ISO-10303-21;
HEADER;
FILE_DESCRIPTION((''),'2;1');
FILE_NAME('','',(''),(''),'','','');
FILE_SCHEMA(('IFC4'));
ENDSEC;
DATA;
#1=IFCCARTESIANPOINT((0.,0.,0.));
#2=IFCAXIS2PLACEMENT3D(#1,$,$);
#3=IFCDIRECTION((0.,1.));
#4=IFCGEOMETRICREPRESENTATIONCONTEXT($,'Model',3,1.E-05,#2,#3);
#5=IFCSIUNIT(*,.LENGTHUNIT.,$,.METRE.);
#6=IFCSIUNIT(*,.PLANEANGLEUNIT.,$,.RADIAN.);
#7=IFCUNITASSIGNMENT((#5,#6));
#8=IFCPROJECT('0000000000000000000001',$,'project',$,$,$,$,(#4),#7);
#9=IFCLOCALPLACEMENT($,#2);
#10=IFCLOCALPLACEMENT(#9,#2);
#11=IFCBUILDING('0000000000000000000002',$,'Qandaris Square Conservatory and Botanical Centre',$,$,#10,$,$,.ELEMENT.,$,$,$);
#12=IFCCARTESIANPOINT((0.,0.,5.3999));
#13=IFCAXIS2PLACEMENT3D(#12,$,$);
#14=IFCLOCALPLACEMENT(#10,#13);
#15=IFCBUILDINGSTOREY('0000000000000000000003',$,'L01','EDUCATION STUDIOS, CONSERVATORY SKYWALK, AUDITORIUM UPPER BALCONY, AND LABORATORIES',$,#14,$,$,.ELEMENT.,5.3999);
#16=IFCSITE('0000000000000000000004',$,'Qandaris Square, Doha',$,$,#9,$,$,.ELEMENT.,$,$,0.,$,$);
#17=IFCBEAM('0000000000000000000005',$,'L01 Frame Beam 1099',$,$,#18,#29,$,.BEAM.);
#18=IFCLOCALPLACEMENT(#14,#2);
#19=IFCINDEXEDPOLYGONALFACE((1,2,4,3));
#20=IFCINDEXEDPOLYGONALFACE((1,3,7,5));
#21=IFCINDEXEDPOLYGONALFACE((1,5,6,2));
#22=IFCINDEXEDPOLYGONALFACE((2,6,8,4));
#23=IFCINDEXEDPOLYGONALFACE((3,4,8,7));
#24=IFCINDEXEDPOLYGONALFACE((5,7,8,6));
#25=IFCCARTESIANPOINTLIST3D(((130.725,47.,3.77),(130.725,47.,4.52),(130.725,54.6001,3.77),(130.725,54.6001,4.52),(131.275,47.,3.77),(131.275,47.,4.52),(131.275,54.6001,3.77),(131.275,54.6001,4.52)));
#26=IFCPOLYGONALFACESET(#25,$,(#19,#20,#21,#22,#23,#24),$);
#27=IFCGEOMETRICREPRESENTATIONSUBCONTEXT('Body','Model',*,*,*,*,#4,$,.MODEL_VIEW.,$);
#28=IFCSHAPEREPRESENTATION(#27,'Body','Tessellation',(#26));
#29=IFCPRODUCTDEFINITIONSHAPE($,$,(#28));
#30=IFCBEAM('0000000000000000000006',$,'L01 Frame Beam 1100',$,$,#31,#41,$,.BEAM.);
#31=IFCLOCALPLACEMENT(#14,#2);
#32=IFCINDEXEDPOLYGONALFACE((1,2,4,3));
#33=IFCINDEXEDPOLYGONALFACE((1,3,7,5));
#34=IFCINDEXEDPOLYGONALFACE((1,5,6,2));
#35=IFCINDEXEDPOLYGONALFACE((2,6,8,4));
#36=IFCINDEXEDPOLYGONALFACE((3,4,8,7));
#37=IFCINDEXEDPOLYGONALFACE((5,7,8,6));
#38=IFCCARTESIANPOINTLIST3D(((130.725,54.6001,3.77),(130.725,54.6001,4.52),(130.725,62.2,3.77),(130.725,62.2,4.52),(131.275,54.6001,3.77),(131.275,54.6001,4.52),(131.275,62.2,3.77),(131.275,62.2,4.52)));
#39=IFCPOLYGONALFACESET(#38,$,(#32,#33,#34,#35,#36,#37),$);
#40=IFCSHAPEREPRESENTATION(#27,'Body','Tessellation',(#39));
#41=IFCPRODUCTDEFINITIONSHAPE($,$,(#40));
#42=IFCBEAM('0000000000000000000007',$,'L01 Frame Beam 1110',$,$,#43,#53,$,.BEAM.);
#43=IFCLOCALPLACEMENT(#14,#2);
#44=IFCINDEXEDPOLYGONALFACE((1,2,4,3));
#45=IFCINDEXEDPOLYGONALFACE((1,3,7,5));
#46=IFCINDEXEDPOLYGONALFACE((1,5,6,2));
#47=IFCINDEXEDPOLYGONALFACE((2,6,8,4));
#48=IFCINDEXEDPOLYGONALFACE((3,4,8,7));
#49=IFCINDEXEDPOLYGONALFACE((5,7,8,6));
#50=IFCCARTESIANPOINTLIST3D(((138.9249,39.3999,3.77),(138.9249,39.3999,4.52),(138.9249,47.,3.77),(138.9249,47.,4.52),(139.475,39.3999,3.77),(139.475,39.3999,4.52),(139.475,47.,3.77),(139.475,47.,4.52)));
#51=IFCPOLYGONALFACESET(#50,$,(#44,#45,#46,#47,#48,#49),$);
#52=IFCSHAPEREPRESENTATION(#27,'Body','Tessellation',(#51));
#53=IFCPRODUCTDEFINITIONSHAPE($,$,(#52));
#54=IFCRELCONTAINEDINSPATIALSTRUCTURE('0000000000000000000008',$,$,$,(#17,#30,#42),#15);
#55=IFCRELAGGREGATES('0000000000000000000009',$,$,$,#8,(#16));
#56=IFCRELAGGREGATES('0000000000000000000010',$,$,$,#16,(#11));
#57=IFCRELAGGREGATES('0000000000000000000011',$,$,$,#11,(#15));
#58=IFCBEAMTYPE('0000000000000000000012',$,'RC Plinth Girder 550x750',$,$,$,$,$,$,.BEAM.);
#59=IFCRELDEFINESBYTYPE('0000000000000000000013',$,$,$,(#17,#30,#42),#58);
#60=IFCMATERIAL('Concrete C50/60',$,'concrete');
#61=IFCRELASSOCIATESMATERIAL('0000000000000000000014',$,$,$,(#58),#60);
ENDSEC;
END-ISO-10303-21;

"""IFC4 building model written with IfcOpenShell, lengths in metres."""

from ifc_helpers import new_model, si_unit, direction, frame, origin, origin_2d, place, context, subcontext, project, spatial, rectangle, extrude, material, material_profile, profile_set, type_object, element, save


model = new_model("IFC4")

# Units and contexts
model_context = context("Model", 3, precision=1e-05, world=origin(), true_north=direction((0.0, 1.0)))
body_context = subcontext(model_context, "Body", "Model", "MODEL_VIEW")
ifc_project = project(units=[si_unit("LENGTHUNIT", "METRE"), si_unit("PLANEANGLEUNIT", "RADIAN")], contexts=[model_context])

# Site, building, storey
site_placement = place(None, origin())
site = spatial("IfcSite", under=ifc_project, at=site_placement, Name="Qandaris Square, Doha", CompositionType="ELEMENT", RefElevation=0.0)
building_placement = place(site_placement, origin())
building = spatial("IfcBuilding", under=site, at=building_placement, Name="Qandaris Square Conservatory and Botanical Centre", CompositionType="ELEMENT")
storey_placement = place(building_placement, frame((0.0, 0.0, 5.3999)))
storey = spatial("IfcBuildingStorey", under=building, at=storey_placement, Name="L01", Description="EDUCATION STUDIOS, CONSERVATORY SKYWALK, AUDITORIUM UPPER BALCONY, AND LABORATORIES", CompositionType="ELEMENT", Elevation=5.3999)

# Shared definitions
ifc_material_1 = material(Name="Concrete C50/60", Category="concrete")

# Beams
ifc_material_profile_1 = material_profile(ifc_material_1, rectangle(XDim=0.55, YDim=0.75, at=origin_2d()), Name="RC-BM 550x750")
ifc_profile_set_1 = profile_set([ifc_material_profile_1], Name="Concrete C50/60")
beam_type_1 = type_object("IfcBeamType", Name="RC Plinth Girder 550x750", PredefinedType="BEAM", material=ifc_profile_set_1)
for number, where, z_axis, x_axis, name in (
    (1, (131.0, 47.0, 4.145), (0.0, 1.0, 0.0), (-1.0, 0.0, 0.0), "L01 Frame Beam 1099"),
):
    element("IfcBeam", number, at=place(storey_placement, frame(where, z_axis=z_axis, x_axis=x_axis)), inside=storey, type_object=beam_type_1, Name=name, PredefinedType="BEAM", context=body_context, shape_type="SweptSolid", body=[
        extrude(rectangle(XDim=0.55, YDim=0.75, at=origin_2d()), origin(), (0.0, 0.0, 1.0), 7.6001),
    ])
beam_1_placement = place(storey_placement, frame((131.0, 54.6001, 4.145), z_axis=(0.0, 1.0, 0.0), x_axis=(-1.0, 0.0, 0.0)))
element("IfcBeam", 2, at=beam_1_placement, inside=storey, type_object=beam_type_1, Name="L01 Frame Beam 1100", PredefinedType="BEAM", context=body_context, shape_type="SweptSolid", body=[
    extrude(rectangle(XDim=0.55, YDim=0.75, at=origin_2d()), origin(), (0.0, 0.0, 1.0), 7.5999),
])
beam_2_placement = place(storey_placement, frame((139.2, 39.3999, 4.145), z_axis=(0.0, 1.0, 0.0), x_axis=(-1.0, 0.0, 0.0)))
element("IfcBeam", 3, at=beam_2_placement, inside=storey, type_object=beam_type_1, Name="L01 Frame Beam 1110", PredefinedType="BEAM", context=body_context, shape_type="SweptSolid", body=[
    extrude(rectangle(XDim=0.55, YDim=0.75, at=origin_2d()), origin(), (0.0, 0.0, 1.0), 7.6001),
])

save(model, "model.ifc")
